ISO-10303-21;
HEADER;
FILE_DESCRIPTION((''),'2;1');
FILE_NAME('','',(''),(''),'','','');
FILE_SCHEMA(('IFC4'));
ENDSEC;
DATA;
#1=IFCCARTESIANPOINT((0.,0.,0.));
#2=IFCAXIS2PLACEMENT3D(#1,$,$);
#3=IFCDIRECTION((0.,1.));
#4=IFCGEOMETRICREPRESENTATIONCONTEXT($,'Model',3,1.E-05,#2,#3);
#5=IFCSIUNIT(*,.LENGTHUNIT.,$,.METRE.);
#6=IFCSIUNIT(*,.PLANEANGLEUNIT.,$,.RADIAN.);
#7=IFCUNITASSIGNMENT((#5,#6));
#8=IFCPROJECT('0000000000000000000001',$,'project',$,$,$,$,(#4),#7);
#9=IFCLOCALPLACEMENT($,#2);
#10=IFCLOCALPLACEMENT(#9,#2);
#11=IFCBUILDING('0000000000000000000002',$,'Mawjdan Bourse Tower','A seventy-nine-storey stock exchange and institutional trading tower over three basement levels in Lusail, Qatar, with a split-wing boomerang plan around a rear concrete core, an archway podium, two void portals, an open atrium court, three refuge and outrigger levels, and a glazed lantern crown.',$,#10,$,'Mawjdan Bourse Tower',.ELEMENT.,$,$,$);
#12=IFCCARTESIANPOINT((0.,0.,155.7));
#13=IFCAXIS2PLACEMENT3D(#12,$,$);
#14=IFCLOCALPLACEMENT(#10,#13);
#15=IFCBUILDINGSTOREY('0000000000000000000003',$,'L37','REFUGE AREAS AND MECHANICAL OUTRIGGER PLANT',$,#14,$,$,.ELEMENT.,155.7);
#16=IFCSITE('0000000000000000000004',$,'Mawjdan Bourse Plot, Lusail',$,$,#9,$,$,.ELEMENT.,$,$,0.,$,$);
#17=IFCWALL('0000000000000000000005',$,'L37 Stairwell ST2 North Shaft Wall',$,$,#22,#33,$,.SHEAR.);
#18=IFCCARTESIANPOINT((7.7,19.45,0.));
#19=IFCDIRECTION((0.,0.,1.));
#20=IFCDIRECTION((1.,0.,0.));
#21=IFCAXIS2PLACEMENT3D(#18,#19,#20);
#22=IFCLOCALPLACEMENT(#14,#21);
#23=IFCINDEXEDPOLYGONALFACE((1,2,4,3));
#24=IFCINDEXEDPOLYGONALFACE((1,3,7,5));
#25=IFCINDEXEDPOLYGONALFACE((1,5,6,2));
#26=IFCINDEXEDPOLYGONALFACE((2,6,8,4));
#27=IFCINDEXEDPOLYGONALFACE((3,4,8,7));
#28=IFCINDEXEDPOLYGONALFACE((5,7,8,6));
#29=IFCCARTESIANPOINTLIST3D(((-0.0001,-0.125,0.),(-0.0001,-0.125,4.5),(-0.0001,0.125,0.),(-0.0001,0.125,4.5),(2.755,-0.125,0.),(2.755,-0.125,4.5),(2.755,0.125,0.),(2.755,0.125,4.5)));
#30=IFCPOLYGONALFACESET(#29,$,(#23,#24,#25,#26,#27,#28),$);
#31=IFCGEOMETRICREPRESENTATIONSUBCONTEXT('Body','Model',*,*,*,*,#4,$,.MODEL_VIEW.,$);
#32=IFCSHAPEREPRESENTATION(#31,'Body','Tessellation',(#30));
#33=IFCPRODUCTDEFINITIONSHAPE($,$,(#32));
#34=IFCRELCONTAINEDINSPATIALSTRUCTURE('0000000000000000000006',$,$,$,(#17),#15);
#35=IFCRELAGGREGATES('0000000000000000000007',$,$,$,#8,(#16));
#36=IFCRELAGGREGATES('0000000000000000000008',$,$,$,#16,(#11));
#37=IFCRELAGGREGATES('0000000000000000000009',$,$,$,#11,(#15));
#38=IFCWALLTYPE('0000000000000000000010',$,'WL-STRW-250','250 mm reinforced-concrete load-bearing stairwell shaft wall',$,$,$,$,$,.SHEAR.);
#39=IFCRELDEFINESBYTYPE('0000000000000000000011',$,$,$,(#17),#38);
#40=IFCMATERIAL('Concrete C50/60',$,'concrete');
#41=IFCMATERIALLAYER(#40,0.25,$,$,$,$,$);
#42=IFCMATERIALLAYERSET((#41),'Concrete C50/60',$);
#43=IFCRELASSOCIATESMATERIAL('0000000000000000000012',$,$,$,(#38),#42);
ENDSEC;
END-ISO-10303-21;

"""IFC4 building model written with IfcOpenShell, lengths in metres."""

from ifc_helpers import new_model, si_unit, direction, frame, frame_2d, origin, place, context, subcontext, project, spatial, rectangle, extrude, material, layer, layer_set, type_object, element, save


model = new_model("IFC4")

# Units and contexts
model_context = context("Model", 3, precision=1e-05, world=origin(), true_north=direction((0.0, 1.0)))
body_context = subcontext(model_context, "Body", "Model", "MODEL_VIEW")
ifc_project = project(units=[si_unit("LENGTHUNIT", "METRE"), si_unit("PLANEANGLEUNIT", "RADIAN")], contexts=[model_context])

# Site, building, storey
site_placement = place(None, origin())
site = spatial("IfcSite", under=ifc_project, at=site_placement, Name="Mawjdan Bourse Plot, Lusail", CompositionType="ELEMENT", RefElevation=0.0)
building_placement = place(site_placement, origin())
building = spatial("IfcBuilding", under=site, at=building_placement, Name="Mawjdan Bourse Tower", Description="A seventy-nine-storey stock exchange and institutional trading tower over three basement levels in Lusail, Qatar, with a split-wing boomerang plan around a rear concrete core, an archway podium, two void portals, an open atrium court, three refuge and outrigger levels, and a glazed lantern crown.", LongName="Mawjdan Bourse Tower", CompositionType="ELEMENT")
storey_placement = place(building_placement, frame((0.0, 0.0, 155.7)))
storey = spatial("IfcBuildingStorey", under=building, at=storey_placement, Name="L37", Description="REFUGE AREAS AND MECHANICAL OUTRIGGER PLANT", CompositionType="ELEMENT", Elevation=155.7)

# Wall
ifc_material_1 = material(Name="Concrete C50/60", Category="concrete")
ifc_layer_1 = layer(ifc_material_1, 0.25)
ifc_layer_set_1 = layer_set([ifc_layer_1], Name="Concrete C50/60")
wall_type_1 = type_object("IfcWallType", Name="WL-STRW-250", Description="250 mm reinforced-concrete load-bearing stairwell shaft wall", PredefinedType="SHEAR", material=ifc_layer_set_1)
wall_1_placement = place(storey_placement, frame((7.7, 19.45, 0.0), z_axis=(0.0, 0.0, 1.0), x_axis=(1.0, 0.0, 0.0)))
element("IfcWall", 1, at=wall_1_placement, inside=storey, type_object=wall_type_1, Name="L37 Stairwell ST2 North Shaft Wall", PredefinedType="SHEAR", context=body_context, shape_type="SweptSolid", body=[
    extrude(rectangle(XDim=2.7551, YDim=0.25, at=frame_2d((1.3774, 0.0))), origin(), (0.0, 0.0, 1.0), 4.5),
])

save(model, "model.ifc")
